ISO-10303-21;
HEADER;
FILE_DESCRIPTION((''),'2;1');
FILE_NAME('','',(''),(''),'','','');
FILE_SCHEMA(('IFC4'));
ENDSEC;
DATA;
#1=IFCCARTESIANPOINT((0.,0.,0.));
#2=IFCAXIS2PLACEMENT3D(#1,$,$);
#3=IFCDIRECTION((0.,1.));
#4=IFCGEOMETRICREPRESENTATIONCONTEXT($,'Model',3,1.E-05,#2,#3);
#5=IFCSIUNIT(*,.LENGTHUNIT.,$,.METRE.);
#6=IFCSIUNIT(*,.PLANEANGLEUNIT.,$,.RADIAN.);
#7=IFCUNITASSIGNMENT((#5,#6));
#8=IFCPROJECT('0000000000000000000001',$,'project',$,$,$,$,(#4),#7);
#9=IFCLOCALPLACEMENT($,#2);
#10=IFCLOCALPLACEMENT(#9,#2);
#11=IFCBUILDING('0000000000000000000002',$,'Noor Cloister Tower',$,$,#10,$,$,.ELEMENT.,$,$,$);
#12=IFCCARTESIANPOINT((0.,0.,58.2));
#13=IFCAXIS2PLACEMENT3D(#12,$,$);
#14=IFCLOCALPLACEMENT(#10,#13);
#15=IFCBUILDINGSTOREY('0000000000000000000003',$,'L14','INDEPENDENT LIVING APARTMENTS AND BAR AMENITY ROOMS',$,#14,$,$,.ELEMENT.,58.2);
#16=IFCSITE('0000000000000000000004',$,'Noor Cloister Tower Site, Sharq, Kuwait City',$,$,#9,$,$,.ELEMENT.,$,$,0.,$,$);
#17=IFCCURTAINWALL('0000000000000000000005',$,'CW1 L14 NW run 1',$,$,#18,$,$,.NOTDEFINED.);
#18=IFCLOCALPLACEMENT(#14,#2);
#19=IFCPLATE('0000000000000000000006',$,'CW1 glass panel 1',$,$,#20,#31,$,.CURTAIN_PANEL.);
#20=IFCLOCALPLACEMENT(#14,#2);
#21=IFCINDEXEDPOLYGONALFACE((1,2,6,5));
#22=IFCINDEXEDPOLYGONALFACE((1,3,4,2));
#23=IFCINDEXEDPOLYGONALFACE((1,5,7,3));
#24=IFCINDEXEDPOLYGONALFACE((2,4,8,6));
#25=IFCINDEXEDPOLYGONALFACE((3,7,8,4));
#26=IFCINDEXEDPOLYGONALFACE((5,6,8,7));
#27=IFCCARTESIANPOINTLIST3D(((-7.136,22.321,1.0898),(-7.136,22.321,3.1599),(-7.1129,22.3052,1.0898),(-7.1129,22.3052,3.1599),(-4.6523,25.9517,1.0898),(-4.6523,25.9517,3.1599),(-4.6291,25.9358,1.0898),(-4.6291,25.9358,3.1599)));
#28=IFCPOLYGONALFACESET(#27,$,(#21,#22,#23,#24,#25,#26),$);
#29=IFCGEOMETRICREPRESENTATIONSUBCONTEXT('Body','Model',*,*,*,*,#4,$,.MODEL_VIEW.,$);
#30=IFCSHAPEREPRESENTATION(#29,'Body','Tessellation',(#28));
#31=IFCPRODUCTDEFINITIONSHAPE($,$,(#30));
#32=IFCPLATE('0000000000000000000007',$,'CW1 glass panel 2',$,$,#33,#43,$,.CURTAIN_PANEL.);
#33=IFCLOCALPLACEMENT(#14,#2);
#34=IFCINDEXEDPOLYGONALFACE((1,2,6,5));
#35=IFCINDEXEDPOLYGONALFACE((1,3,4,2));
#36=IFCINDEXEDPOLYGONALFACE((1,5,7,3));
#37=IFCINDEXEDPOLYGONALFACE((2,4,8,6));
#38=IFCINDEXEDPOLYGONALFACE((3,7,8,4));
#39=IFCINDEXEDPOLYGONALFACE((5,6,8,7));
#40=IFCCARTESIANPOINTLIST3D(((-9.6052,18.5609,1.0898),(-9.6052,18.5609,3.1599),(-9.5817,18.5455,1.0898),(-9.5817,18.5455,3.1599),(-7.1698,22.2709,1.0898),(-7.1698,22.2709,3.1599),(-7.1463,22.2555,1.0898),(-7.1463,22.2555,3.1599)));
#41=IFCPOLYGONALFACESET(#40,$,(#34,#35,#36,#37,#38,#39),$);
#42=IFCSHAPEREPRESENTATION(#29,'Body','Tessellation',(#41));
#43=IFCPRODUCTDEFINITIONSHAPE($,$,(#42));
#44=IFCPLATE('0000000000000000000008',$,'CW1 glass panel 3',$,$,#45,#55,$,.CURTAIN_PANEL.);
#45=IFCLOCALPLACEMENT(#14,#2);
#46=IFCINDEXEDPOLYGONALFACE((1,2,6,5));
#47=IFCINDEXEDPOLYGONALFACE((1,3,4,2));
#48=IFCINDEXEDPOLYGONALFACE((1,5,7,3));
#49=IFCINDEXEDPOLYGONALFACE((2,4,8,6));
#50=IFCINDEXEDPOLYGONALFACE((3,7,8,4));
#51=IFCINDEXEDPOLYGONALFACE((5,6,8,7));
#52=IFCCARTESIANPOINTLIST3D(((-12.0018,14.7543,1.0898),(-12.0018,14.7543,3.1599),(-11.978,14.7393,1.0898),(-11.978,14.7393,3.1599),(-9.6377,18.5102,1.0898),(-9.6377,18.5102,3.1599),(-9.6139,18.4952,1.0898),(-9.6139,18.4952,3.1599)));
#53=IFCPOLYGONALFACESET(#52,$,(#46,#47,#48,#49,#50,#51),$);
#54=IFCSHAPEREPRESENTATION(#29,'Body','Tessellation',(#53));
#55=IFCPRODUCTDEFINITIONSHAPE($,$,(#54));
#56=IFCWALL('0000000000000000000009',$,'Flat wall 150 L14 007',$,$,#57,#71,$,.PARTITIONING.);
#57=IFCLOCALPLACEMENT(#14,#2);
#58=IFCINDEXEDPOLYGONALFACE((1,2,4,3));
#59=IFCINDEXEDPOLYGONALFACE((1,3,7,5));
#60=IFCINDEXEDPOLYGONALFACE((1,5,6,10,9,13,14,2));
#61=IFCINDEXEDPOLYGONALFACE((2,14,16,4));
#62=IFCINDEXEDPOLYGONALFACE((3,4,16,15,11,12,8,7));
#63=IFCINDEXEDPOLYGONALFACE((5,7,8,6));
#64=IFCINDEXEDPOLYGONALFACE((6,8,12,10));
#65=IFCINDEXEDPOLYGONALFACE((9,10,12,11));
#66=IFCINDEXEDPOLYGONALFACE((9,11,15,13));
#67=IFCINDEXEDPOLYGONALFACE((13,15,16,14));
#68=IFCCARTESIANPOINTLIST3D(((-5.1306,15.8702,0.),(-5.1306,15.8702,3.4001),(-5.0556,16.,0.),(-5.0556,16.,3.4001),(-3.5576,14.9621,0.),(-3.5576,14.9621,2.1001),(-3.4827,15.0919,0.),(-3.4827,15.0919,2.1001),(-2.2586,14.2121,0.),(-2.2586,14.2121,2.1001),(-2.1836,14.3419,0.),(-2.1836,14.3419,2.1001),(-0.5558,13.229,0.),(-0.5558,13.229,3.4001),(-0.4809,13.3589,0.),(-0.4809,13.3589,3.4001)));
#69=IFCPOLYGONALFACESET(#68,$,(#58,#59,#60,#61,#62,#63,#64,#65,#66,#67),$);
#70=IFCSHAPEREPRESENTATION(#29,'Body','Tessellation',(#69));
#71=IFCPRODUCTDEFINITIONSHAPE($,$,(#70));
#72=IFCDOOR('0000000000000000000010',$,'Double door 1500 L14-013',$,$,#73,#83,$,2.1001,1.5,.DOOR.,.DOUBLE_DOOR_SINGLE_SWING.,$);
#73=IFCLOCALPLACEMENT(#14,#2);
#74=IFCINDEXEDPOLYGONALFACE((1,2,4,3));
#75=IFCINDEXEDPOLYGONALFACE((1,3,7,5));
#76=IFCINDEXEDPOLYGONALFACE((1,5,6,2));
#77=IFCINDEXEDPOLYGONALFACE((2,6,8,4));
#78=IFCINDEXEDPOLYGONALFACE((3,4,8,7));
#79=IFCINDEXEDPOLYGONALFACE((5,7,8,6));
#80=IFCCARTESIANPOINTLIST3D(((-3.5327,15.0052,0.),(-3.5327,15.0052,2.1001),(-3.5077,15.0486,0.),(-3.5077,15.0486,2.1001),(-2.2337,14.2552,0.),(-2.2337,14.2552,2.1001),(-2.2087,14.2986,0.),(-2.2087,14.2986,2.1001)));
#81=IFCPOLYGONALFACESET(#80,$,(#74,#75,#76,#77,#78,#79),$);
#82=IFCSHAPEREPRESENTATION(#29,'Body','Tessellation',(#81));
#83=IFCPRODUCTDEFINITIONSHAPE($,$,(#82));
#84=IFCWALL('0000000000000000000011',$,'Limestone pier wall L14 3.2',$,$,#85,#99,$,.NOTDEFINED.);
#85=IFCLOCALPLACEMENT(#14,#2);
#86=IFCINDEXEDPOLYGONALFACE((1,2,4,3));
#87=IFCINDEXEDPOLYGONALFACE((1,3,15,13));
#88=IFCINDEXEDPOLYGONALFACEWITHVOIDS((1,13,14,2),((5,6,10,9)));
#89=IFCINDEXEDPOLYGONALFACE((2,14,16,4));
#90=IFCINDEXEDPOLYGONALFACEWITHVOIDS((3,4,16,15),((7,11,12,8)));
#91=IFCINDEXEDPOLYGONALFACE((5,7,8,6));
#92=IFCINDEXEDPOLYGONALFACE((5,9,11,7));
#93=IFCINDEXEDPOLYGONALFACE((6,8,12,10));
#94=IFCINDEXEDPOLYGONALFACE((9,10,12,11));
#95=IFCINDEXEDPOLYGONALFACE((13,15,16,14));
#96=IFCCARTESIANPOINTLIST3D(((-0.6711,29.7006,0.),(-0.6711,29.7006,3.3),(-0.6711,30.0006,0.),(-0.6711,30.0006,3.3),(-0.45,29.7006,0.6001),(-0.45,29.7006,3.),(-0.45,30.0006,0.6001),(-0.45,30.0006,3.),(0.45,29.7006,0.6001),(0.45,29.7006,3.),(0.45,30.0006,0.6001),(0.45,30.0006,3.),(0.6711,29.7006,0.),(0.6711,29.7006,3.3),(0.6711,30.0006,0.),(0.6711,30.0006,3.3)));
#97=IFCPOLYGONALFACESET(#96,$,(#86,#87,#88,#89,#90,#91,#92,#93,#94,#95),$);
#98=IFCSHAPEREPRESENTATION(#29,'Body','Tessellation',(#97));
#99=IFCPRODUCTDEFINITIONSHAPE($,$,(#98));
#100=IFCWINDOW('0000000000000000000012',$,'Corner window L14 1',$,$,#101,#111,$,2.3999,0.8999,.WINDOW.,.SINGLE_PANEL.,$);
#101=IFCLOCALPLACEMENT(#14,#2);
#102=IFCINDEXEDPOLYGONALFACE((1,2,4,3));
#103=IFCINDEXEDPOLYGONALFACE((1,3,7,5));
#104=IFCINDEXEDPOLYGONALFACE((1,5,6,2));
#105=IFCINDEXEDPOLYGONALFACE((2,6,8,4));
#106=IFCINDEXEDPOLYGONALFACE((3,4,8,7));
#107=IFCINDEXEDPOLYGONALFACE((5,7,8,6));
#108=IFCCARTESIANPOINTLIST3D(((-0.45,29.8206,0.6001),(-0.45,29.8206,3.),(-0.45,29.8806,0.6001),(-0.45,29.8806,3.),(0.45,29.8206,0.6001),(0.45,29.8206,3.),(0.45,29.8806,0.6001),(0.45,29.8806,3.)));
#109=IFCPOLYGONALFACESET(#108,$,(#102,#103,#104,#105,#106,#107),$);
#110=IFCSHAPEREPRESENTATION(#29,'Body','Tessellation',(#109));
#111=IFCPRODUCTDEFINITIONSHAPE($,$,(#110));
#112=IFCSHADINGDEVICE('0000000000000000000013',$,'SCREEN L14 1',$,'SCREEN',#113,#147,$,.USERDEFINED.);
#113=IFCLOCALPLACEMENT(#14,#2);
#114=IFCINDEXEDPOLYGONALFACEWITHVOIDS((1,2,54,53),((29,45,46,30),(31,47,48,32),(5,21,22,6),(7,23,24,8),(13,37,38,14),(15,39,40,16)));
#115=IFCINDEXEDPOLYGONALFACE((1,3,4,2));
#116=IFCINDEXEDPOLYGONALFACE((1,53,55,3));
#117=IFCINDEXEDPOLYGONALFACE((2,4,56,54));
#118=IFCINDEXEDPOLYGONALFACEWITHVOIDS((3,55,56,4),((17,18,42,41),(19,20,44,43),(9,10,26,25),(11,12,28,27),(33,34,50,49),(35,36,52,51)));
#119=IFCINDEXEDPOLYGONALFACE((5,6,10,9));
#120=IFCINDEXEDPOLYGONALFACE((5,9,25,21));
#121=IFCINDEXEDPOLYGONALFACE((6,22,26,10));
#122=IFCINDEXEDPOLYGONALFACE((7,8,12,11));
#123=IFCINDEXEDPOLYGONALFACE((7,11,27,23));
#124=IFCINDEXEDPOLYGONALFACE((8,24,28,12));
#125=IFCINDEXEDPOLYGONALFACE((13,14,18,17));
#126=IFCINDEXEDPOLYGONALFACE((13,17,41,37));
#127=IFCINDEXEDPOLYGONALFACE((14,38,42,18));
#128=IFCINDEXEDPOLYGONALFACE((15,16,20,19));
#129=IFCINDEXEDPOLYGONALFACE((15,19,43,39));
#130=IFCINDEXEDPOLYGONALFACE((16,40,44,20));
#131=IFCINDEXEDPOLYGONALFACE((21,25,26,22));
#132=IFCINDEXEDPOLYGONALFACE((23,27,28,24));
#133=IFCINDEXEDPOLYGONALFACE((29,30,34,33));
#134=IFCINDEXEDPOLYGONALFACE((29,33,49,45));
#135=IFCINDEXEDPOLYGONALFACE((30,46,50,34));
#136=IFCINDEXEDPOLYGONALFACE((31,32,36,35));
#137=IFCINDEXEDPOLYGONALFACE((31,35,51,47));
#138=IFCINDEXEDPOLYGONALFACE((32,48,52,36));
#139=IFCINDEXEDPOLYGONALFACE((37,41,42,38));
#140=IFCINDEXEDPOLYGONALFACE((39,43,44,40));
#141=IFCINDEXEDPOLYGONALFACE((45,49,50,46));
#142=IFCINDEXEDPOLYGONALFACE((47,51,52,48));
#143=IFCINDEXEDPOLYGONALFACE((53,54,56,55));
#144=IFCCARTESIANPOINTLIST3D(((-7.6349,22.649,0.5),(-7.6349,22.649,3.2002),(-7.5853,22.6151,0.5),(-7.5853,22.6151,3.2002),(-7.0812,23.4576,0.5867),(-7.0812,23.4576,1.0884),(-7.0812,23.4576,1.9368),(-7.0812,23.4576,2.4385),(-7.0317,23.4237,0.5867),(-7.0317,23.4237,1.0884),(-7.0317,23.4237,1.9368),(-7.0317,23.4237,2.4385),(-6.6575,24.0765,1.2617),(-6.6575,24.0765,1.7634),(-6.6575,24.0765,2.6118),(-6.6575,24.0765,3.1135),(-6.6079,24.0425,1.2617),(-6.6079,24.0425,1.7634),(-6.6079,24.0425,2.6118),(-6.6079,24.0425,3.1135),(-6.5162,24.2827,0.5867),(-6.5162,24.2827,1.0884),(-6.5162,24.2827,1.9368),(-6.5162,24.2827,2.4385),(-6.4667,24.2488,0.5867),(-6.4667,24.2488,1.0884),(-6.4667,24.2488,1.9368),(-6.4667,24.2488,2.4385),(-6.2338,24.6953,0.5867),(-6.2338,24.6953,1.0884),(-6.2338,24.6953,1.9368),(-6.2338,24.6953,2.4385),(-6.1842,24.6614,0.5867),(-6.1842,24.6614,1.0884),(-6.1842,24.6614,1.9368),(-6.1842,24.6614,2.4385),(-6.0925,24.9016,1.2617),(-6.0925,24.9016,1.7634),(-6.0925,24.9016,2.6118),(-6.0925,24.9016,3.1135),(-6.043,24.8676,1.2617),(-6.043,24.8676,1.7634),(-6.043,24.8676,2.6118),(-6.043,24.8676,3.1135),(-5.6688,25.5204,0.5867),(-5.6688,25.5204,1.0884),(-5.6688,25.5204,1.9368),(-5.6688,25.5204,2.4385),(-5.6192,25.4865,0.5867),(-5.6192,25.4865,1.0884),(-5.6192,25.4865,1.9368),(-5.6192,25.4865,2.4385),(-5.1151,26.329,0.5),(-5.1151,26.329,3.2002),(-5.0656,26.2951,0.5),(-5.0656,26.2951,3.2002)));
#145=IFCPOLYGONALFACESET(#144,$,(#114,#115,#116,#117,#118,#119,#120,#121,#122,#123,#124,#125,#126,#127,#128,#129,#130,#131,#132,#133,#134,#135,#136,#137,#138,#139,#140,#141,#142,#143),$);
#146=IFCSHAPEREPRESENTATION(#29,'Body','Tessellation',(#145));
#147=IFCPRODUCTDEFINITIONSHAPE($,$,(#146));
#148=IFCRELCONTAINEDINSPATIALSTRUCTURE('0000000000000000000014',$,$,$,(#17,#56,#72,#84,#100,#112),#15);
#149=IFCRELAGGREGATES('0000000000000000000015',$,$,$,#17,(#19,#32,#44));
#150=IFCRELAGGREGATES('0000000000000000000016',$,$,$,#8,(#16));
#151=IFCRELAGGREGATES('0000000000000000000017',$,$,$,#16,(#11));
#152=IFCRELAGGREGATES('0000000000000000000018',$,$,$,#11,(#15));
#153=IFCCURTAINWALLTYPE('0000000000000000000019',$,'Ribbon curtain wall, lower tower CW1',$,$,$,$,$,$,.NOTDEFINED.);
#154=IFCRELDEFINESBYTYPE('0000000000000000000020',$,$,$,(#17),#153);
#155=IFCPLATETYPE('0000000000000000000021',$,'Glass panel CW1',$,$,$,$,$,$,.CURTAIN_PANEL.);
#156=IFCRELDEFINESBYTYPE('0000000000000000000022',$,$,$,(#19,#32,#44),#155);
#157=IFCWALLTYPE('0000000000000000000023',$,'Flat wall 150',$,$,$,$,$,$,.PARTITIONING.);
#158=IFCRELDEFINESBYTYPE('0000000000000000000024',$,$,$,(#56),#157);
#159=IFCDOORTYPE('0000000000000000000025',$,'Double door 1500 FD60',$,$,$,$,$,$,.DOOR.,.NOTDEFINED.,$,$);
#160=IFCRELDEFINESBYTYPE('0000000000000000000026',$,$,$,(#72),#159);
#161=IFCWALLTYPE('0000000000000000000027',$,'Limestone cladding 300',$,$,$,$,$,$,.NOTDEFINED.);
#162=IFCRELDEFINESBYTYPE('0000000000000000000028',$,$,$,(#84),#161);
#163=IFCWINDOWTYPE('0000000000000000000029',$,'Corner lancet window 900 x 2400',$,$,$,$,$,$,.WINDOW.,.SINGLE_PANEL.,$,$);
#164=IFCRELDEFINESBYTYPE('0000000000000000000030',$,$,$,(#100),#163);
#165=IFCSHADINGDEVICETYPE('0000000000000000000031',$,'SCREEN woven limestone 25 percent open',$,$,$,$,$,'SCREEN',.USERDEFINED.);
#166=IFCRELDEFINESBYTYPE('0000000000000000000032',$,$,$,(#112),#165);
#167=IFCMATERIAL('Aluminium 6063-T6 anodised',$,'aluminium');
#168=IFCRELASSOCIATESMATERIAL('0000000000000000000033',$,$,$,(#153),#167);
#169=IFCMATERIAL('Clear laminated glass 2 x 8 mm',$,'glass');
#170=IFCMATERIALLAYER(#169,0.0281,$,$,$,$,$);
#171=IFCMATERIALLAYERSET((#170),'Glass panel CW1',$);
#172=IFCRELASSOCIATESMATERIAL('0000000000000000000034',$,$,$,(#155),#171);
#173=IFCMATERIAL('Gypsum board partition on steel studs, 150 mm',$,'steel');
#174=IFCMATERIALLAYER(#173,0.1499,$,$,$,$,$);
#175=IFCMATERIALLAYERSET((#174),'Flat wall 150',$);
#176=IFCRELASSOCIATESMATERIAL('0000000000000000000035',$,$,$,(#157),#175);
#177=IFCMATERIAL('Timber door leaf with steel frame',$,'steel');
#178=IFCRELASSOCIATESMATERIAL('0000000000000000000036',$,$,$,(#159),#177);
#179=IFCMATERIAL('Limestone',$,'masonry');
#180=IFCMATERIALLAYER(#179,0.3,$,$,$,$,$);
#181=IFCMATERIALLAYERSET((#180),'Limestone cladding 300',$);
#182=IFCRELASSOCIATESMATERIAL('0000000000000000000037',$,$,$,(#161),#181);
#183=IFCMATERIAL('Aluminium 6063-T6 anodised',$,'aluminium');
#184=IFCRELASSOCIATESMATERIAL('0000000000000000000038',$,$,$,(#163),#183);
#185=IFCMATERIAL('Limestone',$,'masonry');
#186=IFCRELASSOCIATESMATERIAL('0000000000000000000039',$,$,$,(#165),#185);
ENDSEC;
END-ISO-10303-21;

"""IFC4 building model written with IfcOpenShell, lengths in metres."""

from ifc_helpers import new_model, si_unit, direction, frame, frame_2d, origin, origin_2d, place, context, subcontext, project, spatial, polyline, rectangle, outline, extrude, material, layer, layer_set, material_profile, profile_set, type_object, element, fill, aggregate, save


model = new_model("IFC4")

# Units and contexts
model_context = context("Model", 3, precision=1e-05, world=origin(), true_north=direction((0.0, 1.0)))
body_context = subcontext(model_context, "Body", "Model", "MODEL_VIEW")
ifc_project = project(units=[si_unit("LENGTHUNIT", "METRE"), si_unit("PLANEANGLEUNIT", "RADIAN")], contexts=[model_context])

# Site, building, storey
site_placement = place(None, origin())
site = spatial("IfcSite", under=ifc_project, at=site_placement, Name="Noor Cloister Tower Site, Sharq, Kuwait City", CompositionType="ELEMENT", RefElevation=0.0)
building_placement = place(site_placement, origin())
building = spatial("IfcBuilding", under=site, at=building_placement, Name="Noor Cloister Tower", CompositionType="ELEMENT")
storey_placement = place(building_placement, frame((0.0, 0.0, 58.2)))
storey = spatial("IfcBuildingStorey", under=building, at=storey_placement, Name="L14", Description="INDEPENDENT LIVING APARTMENTS AND BAR AMENITY ROOMS", CompositionType="ELEMENT", Elevation=58.2)

# Curtain wall
ifc_material_1 = material(Name="Aluminium 6063-T6 anodised", Category="aluminium")
curtain_wall_type = type_object("IfcCurtainWallType", Name="Ribbon curtain wall, lower tower CW1", PredefinedType="NOTDEFINED", material=ifc_material_1)
curtain_wall_placement = place(storey_placement, origin())
curtain_wall = element("IfcCurtainWall", 1, at=curtain_wall_placement, inside=storey, type_object=curtain_wall_type, Name="CW1 L14 NW run 1", PredefinedType="NOTDEFINED")

# Plates
ifc_material_2 = material(Name="Clear laminated glass 2 x 8 mm", Category="glass")
ifc_layer_1 = layer(ifc_material_2, 0.0281)
ifc_layer_set_1 = layer_set([ifc_layer_1], Name="Glass panel CW1")
plate_type = type_object("IfcPlateType", Name="Glass panel CW1", PredefinedType="CURTAIN_PANEL", material=ifc_layer_set_1)
plate_1_placement = place(storey_placement, frame((-5.8826, 24.1284, 1.0898), z_axis=(0.0, 0.0, 1.0), x_axis=(-0.564629, -0.825345, 0.0)))
plate_1 = element("IfcPlate", 2, at=plate_1_placement, type_object=plate_type, Name="CW1 glass panel 1", PredefinedType="CURTAIN_PANEL", context=body_context, shape_type="SweptSolid", body=[
    extrude(rectangle(XDim=4.3989, YDim=0.0281, at=origin_2d()), origin(), (0.0, 0.0, 1.0), 2.0701),
])
plate_2_placement = place(storey_placement, frame((-8.3757, 20.4082, 1.0898), z_axis=(0.0, 0.0, 1.0), x_axis=(-0.548766, -0.835976, 0.0)))
plate_2 = element("IfcPlate", 3, at=plate_2_placement, type_object=plate_type, Name="CW1 glass panel 2", PredefinedType="CURTAIN_PANEL", context=body_context, shape_type="SweptSolid", body=[
    extrude(rectangle(XDim=4.438, YDim=0.0281, at=origin_2d()), origin(), (0.0, 0.0, 1.0), 2.0701),
])
plate_3_placement = place(storey_placement, frame((-10.8079, 16.6248, 1.0898), z_axis=(0.0, 0.0, 1.0), x_axis=(-0.532703, -0.846302, 0.0)))
plate_3 = element("IfcPlate", 4, at=plate_3_placement, type_object=plate_type, Name="CW1 glass panel 3", PredefinedType="CURTAIN_PANEL", context=body_context, shape_type="SweptSolid", body=[
    extrude(rectangle(XDim=4.438, YDim=0.0281, at=origin_2d()), origin(), (0.0, 0.0, 1.0), 2.0701),
])
aggregate(curtain_wall, [plate_1, plate_2, plate_3])

# Wall, opening, door
ifc_material_3 = material(Name="Gypsum board partition on steel studs, 150 mm", Category="steel")
ifc_layer_2 = layer(ifc_material_3, 0.1499)
ifc_layer_set_2 = layer_set([ifc_layer_2], Name="Flat wall 150")
wall_type_1 = type_object("IfcWallType", Name="Flat wall 150", PredefinedType="PARTITIONING", material=ifc_layer_set_2)
wall_1_placement = place(storey_placement, frame((-5.093, 15.9351, 0.0), z_axis=(0.0, 0.0, 1.0), x_axis=(0.866033, -0.499987, 0.0)))
wall_1 = element("IfcWall", 5, at=wall_1_placement, inside=storey, type_object=wall_type_1, Name="Flat wall 150 L14 007", PredefinedType="PARTITIONING", context=body_context, shape_type="SweptSolid", body=[
    extrude(rectangle(XDim=5.2825, YDim=0.1499, at=frame_2d((2.6411, 0.0))), origin(), (0.0, 0.0, 1.0), 3.4001),
])
opening_1_placement = place(wall_1_placement, frame((1.8162, 0.0, 0.0)))
opening_1 = element("IfcOpeningElement", 6, at=opening_1_placement, cuts=wall_1, PredefinedType="OPENING", context=body_context, shape_type="SweptSolid", body=[
    extrude(rectangle(XDim=1.5, YDim=2.1001, at=frame_2d((0.75, 1.05))), frame((0.0, 0.085, 0.0), z_axis=(0.0, -1.0, 0.0), x_axis=(1.0, 0.0, 0.0)), (0.0, 0.0, 1.0), 0.1699),
])
ifc_material_4 = material(Name="Timber door leaf with steel frame", Category="steel")
door_type = type_object("IfcDoorType", Name="Double door 1500 FD60", OperationType="NOTDEFINED", PredefinedType="DOOR", material=ifc_material_4)
door_placement = place(opening_1_placement, origin())
door = element("IfcDoor", 7, at=door_placement, inside=storey, type_object=door_type, Name="Double door 1500 L14-013", OperationType="DOUBLE_DOOR_SINGLE_SWING", OverallHeight=2.1001, OverallWidth=1.5, PredefinedType="DOOR", context=body_context, shape_type="SweptSolid", body=[
    extrude(rectangle(XDim=1.5, YDim=2.1001, at=frame_2d((0.75, 1.05))), frame((0.0, 0.0249, 0.0), z_axis=(0.0, -1.0, 0.0), x_axis=(1.0, 0.0, 0.0)), (0.0, 0.0, 1.0), 0.05),
])
fill(opening_1, door)

# Wall, opening, window
ifc_material_5 = material(Name="Limestone", Category="masonry")
ifc_layer_3 = layer(ifc_material_5, 0.3)
ifc_layer_set_3 = layer_set([ifc_layer_3], Name="Limestone cladding 300")
wall_type_2 = type_object("IfcWallType", Name="Limestone cladding 300", PredefinedType="NOTDEFINED", material=ifc_layer_set_3)
wall_2_placement = place(storey_placement, frame((-0.6711, 29.8506, 0.0), z_axis=(0.0, 0.0, 1.0), x_axis=(1.0, 0.0, 0.0)))
wall_2 = element("IfcWall", 8, at=wall_2_placement, inside=storey, type_object=wall_type_2, Name="Limestone pier wall L14 3.2", PredefinedType="NOTDEFINED", context=body_context, shape_type="SweptSolid", body=[
    extrude(rectangle(XDim=1.3423, YDim=0.3, at=frame_2d((0.6711, 0.0))), origin(), (0.0, 0.0, 1.0), 3.3),
])
opening_2_placement = place(wall_2_placement, frame((0.2212, 0.0, 0.6001)))
opening_2 = element("IfcOpeningElement", 9, at=opening_2_placement, cuts=wall_2, PredefinedType="OPENING", context=body_context, shape_type="SweptSolid", body=[
    extrude(rectangle(XDim=0.8999, YDim=2.3999, at=frame_2d((0.45, 1.2))), frame((0.0, 0.1602, 0.0), z_axis=(0.0, -1.0, 0.0), x_axis=(1.0, 0.0, 0.0)), (0.0, 0.0, 1.0), 0.3201),
])
ifc_material_6 = material(Name="Aluminium 6063-T6 anodised", Category="aluminium")
window_type = type_object("IfcWindowType", Name="Corner lancet window 900 x 2400", PartitioningType="SINGLE_PANEL", PredefinedType="WINDOW", material=ifc_material_6)
window_placement = place(opening_2_placement, origin())
window = element("IfcWindow", 10, at=window_placement, inside=storey, type_object=window_type, Name="Corner window L14 1", OverallHeight=2.3999, OverallWidth=0.8999, PartitioningType="SINGLE_PANEL", PredefinedType="WINDOW", context=body_context, shape_type="SweptSolid", body=[
    extrude(rectangle(XDim=0.8999, YDim=2.3999, at=frame_2d((0.45, 1.2))), frame((0.0, 0.03, 0.0), z_axis=(0.0, -1.0, 0.0), x_axis=(1.0, 0.0, 0.0)), (0.0, 0.0, 1.0), 0.0601),
])
fill(opening_2, window)

# Shading device
ifc_material_7 = material(Name="Limestone", Category="masonry")
ifc_material_profile_1 = material_profile(ifc_material_7, outline(polyline([(-2.23, -1.3501), (2.23, -1.3501), (2.23, 1.3501), (-2.23, 1.3501), (-2.23, -1.3501)]), holes=[polyline([(-1.25, -1.2634), (-0.25, -1.2634), (-0.25, -0.7617), (-1.25, -0.7617), (-1.25, -1.2634)]), polyline([(0.25, -1.2634), (1.25, -1.2634), (1.25, -0.7617), (0.25, -0.7617), (0.25, -1.2634)]), polyline([(-0.5, -0.5884), (0.5, -0.5884), (0.5, -0.0867), (-0.5, -0.0867), (-0.5, -0.5884)]), polyline([(-1.25, 0.0867), (-0.25, 0.0867), (-0.25, 0.5884), (-1.25, 0.5884), (-1.25, 0.0867)]), polyline([(0.25, 0.0867), (1.25, 0.0867), (1.25, 0.5884), (0.25, 0.5884), (0.25, 0.0867)]), polyline([(-0.5, 0.7617), (0.5, 0.7617), (0.5, 1.2634), (-0.5, 1.2634), (-0.5, 0.7617)])]), Name="Woven screen 25 percent open")
ifc_profile_set_1 = profile_set([ifc_material_profile_1], Name="Limestone")
shading_device_type = type_object("IfcShadingDeviceType", Name="SCREEN woven limestone 25 percent open", ElementType="SCREEN", PredefinedType="USERDEFINED", material=ifc_profile_set_1)
shading_device_1_placement = place(storey_placement, frame((-6.3254, 24.4551, 1.8501), z_axis=(-0.825108, 0.564975, 0.0), x_axis=(-0.564975, -0.825108, 0.0)))
element("IfcShadingDevice", 11, at=shading_device_1_placement, inside=storey, type_object=shading_device_type, Name="SCREEN L14 1", ObjectType="SCREEN", PredefinedType="USERDEFINED", context=body_context, shape_type="SweptSolid", body=[
    extrude(outline(polyline([(-2.23, -1.3501), (2.23, -1.3501), (2.23, 1.3501), (-2.23, 1.3501), (-2.23, -1.3501)]), holes=[polyline([(-1.25, -1.2634), (-0.25, -1.2634), (-0.25, -0.7617), (-1.25, -0.7617), (-1.25, -1.2634)]), polyline([(0.25, -1.2634), (1.25, -1.2634), (1.25, -0.7617), (0.25, -0.7617), (0.25, -1.2634)]), polyline([(-0.5, -0.5884), (0.5, -0.5884), (0.5, -0.0867), (-0.5, -0.0867), (-0.5, -0.5884)]), polyline([(-1.25, 0.0867), (-0.25, 0.0867), (-0.25, 0.5884), (-1.25, 0.5884), (-1.25, 0.0867)]), polyline([(0.25, 0.0867), (1.25, 0.0867), (1.25, 0.5884), (0.25, 0.5884), (0.25, 0.0867)]), polyline([(-0.5, 0.7617), (0.5, 0.7617), (0.5, 1.2634), (-0.5, 1.2634), (-0.5, 0.7617)])]), origin(), (0.0, 0.0, 1.0), 0.0601),
])

save(model, "model.ifc")
